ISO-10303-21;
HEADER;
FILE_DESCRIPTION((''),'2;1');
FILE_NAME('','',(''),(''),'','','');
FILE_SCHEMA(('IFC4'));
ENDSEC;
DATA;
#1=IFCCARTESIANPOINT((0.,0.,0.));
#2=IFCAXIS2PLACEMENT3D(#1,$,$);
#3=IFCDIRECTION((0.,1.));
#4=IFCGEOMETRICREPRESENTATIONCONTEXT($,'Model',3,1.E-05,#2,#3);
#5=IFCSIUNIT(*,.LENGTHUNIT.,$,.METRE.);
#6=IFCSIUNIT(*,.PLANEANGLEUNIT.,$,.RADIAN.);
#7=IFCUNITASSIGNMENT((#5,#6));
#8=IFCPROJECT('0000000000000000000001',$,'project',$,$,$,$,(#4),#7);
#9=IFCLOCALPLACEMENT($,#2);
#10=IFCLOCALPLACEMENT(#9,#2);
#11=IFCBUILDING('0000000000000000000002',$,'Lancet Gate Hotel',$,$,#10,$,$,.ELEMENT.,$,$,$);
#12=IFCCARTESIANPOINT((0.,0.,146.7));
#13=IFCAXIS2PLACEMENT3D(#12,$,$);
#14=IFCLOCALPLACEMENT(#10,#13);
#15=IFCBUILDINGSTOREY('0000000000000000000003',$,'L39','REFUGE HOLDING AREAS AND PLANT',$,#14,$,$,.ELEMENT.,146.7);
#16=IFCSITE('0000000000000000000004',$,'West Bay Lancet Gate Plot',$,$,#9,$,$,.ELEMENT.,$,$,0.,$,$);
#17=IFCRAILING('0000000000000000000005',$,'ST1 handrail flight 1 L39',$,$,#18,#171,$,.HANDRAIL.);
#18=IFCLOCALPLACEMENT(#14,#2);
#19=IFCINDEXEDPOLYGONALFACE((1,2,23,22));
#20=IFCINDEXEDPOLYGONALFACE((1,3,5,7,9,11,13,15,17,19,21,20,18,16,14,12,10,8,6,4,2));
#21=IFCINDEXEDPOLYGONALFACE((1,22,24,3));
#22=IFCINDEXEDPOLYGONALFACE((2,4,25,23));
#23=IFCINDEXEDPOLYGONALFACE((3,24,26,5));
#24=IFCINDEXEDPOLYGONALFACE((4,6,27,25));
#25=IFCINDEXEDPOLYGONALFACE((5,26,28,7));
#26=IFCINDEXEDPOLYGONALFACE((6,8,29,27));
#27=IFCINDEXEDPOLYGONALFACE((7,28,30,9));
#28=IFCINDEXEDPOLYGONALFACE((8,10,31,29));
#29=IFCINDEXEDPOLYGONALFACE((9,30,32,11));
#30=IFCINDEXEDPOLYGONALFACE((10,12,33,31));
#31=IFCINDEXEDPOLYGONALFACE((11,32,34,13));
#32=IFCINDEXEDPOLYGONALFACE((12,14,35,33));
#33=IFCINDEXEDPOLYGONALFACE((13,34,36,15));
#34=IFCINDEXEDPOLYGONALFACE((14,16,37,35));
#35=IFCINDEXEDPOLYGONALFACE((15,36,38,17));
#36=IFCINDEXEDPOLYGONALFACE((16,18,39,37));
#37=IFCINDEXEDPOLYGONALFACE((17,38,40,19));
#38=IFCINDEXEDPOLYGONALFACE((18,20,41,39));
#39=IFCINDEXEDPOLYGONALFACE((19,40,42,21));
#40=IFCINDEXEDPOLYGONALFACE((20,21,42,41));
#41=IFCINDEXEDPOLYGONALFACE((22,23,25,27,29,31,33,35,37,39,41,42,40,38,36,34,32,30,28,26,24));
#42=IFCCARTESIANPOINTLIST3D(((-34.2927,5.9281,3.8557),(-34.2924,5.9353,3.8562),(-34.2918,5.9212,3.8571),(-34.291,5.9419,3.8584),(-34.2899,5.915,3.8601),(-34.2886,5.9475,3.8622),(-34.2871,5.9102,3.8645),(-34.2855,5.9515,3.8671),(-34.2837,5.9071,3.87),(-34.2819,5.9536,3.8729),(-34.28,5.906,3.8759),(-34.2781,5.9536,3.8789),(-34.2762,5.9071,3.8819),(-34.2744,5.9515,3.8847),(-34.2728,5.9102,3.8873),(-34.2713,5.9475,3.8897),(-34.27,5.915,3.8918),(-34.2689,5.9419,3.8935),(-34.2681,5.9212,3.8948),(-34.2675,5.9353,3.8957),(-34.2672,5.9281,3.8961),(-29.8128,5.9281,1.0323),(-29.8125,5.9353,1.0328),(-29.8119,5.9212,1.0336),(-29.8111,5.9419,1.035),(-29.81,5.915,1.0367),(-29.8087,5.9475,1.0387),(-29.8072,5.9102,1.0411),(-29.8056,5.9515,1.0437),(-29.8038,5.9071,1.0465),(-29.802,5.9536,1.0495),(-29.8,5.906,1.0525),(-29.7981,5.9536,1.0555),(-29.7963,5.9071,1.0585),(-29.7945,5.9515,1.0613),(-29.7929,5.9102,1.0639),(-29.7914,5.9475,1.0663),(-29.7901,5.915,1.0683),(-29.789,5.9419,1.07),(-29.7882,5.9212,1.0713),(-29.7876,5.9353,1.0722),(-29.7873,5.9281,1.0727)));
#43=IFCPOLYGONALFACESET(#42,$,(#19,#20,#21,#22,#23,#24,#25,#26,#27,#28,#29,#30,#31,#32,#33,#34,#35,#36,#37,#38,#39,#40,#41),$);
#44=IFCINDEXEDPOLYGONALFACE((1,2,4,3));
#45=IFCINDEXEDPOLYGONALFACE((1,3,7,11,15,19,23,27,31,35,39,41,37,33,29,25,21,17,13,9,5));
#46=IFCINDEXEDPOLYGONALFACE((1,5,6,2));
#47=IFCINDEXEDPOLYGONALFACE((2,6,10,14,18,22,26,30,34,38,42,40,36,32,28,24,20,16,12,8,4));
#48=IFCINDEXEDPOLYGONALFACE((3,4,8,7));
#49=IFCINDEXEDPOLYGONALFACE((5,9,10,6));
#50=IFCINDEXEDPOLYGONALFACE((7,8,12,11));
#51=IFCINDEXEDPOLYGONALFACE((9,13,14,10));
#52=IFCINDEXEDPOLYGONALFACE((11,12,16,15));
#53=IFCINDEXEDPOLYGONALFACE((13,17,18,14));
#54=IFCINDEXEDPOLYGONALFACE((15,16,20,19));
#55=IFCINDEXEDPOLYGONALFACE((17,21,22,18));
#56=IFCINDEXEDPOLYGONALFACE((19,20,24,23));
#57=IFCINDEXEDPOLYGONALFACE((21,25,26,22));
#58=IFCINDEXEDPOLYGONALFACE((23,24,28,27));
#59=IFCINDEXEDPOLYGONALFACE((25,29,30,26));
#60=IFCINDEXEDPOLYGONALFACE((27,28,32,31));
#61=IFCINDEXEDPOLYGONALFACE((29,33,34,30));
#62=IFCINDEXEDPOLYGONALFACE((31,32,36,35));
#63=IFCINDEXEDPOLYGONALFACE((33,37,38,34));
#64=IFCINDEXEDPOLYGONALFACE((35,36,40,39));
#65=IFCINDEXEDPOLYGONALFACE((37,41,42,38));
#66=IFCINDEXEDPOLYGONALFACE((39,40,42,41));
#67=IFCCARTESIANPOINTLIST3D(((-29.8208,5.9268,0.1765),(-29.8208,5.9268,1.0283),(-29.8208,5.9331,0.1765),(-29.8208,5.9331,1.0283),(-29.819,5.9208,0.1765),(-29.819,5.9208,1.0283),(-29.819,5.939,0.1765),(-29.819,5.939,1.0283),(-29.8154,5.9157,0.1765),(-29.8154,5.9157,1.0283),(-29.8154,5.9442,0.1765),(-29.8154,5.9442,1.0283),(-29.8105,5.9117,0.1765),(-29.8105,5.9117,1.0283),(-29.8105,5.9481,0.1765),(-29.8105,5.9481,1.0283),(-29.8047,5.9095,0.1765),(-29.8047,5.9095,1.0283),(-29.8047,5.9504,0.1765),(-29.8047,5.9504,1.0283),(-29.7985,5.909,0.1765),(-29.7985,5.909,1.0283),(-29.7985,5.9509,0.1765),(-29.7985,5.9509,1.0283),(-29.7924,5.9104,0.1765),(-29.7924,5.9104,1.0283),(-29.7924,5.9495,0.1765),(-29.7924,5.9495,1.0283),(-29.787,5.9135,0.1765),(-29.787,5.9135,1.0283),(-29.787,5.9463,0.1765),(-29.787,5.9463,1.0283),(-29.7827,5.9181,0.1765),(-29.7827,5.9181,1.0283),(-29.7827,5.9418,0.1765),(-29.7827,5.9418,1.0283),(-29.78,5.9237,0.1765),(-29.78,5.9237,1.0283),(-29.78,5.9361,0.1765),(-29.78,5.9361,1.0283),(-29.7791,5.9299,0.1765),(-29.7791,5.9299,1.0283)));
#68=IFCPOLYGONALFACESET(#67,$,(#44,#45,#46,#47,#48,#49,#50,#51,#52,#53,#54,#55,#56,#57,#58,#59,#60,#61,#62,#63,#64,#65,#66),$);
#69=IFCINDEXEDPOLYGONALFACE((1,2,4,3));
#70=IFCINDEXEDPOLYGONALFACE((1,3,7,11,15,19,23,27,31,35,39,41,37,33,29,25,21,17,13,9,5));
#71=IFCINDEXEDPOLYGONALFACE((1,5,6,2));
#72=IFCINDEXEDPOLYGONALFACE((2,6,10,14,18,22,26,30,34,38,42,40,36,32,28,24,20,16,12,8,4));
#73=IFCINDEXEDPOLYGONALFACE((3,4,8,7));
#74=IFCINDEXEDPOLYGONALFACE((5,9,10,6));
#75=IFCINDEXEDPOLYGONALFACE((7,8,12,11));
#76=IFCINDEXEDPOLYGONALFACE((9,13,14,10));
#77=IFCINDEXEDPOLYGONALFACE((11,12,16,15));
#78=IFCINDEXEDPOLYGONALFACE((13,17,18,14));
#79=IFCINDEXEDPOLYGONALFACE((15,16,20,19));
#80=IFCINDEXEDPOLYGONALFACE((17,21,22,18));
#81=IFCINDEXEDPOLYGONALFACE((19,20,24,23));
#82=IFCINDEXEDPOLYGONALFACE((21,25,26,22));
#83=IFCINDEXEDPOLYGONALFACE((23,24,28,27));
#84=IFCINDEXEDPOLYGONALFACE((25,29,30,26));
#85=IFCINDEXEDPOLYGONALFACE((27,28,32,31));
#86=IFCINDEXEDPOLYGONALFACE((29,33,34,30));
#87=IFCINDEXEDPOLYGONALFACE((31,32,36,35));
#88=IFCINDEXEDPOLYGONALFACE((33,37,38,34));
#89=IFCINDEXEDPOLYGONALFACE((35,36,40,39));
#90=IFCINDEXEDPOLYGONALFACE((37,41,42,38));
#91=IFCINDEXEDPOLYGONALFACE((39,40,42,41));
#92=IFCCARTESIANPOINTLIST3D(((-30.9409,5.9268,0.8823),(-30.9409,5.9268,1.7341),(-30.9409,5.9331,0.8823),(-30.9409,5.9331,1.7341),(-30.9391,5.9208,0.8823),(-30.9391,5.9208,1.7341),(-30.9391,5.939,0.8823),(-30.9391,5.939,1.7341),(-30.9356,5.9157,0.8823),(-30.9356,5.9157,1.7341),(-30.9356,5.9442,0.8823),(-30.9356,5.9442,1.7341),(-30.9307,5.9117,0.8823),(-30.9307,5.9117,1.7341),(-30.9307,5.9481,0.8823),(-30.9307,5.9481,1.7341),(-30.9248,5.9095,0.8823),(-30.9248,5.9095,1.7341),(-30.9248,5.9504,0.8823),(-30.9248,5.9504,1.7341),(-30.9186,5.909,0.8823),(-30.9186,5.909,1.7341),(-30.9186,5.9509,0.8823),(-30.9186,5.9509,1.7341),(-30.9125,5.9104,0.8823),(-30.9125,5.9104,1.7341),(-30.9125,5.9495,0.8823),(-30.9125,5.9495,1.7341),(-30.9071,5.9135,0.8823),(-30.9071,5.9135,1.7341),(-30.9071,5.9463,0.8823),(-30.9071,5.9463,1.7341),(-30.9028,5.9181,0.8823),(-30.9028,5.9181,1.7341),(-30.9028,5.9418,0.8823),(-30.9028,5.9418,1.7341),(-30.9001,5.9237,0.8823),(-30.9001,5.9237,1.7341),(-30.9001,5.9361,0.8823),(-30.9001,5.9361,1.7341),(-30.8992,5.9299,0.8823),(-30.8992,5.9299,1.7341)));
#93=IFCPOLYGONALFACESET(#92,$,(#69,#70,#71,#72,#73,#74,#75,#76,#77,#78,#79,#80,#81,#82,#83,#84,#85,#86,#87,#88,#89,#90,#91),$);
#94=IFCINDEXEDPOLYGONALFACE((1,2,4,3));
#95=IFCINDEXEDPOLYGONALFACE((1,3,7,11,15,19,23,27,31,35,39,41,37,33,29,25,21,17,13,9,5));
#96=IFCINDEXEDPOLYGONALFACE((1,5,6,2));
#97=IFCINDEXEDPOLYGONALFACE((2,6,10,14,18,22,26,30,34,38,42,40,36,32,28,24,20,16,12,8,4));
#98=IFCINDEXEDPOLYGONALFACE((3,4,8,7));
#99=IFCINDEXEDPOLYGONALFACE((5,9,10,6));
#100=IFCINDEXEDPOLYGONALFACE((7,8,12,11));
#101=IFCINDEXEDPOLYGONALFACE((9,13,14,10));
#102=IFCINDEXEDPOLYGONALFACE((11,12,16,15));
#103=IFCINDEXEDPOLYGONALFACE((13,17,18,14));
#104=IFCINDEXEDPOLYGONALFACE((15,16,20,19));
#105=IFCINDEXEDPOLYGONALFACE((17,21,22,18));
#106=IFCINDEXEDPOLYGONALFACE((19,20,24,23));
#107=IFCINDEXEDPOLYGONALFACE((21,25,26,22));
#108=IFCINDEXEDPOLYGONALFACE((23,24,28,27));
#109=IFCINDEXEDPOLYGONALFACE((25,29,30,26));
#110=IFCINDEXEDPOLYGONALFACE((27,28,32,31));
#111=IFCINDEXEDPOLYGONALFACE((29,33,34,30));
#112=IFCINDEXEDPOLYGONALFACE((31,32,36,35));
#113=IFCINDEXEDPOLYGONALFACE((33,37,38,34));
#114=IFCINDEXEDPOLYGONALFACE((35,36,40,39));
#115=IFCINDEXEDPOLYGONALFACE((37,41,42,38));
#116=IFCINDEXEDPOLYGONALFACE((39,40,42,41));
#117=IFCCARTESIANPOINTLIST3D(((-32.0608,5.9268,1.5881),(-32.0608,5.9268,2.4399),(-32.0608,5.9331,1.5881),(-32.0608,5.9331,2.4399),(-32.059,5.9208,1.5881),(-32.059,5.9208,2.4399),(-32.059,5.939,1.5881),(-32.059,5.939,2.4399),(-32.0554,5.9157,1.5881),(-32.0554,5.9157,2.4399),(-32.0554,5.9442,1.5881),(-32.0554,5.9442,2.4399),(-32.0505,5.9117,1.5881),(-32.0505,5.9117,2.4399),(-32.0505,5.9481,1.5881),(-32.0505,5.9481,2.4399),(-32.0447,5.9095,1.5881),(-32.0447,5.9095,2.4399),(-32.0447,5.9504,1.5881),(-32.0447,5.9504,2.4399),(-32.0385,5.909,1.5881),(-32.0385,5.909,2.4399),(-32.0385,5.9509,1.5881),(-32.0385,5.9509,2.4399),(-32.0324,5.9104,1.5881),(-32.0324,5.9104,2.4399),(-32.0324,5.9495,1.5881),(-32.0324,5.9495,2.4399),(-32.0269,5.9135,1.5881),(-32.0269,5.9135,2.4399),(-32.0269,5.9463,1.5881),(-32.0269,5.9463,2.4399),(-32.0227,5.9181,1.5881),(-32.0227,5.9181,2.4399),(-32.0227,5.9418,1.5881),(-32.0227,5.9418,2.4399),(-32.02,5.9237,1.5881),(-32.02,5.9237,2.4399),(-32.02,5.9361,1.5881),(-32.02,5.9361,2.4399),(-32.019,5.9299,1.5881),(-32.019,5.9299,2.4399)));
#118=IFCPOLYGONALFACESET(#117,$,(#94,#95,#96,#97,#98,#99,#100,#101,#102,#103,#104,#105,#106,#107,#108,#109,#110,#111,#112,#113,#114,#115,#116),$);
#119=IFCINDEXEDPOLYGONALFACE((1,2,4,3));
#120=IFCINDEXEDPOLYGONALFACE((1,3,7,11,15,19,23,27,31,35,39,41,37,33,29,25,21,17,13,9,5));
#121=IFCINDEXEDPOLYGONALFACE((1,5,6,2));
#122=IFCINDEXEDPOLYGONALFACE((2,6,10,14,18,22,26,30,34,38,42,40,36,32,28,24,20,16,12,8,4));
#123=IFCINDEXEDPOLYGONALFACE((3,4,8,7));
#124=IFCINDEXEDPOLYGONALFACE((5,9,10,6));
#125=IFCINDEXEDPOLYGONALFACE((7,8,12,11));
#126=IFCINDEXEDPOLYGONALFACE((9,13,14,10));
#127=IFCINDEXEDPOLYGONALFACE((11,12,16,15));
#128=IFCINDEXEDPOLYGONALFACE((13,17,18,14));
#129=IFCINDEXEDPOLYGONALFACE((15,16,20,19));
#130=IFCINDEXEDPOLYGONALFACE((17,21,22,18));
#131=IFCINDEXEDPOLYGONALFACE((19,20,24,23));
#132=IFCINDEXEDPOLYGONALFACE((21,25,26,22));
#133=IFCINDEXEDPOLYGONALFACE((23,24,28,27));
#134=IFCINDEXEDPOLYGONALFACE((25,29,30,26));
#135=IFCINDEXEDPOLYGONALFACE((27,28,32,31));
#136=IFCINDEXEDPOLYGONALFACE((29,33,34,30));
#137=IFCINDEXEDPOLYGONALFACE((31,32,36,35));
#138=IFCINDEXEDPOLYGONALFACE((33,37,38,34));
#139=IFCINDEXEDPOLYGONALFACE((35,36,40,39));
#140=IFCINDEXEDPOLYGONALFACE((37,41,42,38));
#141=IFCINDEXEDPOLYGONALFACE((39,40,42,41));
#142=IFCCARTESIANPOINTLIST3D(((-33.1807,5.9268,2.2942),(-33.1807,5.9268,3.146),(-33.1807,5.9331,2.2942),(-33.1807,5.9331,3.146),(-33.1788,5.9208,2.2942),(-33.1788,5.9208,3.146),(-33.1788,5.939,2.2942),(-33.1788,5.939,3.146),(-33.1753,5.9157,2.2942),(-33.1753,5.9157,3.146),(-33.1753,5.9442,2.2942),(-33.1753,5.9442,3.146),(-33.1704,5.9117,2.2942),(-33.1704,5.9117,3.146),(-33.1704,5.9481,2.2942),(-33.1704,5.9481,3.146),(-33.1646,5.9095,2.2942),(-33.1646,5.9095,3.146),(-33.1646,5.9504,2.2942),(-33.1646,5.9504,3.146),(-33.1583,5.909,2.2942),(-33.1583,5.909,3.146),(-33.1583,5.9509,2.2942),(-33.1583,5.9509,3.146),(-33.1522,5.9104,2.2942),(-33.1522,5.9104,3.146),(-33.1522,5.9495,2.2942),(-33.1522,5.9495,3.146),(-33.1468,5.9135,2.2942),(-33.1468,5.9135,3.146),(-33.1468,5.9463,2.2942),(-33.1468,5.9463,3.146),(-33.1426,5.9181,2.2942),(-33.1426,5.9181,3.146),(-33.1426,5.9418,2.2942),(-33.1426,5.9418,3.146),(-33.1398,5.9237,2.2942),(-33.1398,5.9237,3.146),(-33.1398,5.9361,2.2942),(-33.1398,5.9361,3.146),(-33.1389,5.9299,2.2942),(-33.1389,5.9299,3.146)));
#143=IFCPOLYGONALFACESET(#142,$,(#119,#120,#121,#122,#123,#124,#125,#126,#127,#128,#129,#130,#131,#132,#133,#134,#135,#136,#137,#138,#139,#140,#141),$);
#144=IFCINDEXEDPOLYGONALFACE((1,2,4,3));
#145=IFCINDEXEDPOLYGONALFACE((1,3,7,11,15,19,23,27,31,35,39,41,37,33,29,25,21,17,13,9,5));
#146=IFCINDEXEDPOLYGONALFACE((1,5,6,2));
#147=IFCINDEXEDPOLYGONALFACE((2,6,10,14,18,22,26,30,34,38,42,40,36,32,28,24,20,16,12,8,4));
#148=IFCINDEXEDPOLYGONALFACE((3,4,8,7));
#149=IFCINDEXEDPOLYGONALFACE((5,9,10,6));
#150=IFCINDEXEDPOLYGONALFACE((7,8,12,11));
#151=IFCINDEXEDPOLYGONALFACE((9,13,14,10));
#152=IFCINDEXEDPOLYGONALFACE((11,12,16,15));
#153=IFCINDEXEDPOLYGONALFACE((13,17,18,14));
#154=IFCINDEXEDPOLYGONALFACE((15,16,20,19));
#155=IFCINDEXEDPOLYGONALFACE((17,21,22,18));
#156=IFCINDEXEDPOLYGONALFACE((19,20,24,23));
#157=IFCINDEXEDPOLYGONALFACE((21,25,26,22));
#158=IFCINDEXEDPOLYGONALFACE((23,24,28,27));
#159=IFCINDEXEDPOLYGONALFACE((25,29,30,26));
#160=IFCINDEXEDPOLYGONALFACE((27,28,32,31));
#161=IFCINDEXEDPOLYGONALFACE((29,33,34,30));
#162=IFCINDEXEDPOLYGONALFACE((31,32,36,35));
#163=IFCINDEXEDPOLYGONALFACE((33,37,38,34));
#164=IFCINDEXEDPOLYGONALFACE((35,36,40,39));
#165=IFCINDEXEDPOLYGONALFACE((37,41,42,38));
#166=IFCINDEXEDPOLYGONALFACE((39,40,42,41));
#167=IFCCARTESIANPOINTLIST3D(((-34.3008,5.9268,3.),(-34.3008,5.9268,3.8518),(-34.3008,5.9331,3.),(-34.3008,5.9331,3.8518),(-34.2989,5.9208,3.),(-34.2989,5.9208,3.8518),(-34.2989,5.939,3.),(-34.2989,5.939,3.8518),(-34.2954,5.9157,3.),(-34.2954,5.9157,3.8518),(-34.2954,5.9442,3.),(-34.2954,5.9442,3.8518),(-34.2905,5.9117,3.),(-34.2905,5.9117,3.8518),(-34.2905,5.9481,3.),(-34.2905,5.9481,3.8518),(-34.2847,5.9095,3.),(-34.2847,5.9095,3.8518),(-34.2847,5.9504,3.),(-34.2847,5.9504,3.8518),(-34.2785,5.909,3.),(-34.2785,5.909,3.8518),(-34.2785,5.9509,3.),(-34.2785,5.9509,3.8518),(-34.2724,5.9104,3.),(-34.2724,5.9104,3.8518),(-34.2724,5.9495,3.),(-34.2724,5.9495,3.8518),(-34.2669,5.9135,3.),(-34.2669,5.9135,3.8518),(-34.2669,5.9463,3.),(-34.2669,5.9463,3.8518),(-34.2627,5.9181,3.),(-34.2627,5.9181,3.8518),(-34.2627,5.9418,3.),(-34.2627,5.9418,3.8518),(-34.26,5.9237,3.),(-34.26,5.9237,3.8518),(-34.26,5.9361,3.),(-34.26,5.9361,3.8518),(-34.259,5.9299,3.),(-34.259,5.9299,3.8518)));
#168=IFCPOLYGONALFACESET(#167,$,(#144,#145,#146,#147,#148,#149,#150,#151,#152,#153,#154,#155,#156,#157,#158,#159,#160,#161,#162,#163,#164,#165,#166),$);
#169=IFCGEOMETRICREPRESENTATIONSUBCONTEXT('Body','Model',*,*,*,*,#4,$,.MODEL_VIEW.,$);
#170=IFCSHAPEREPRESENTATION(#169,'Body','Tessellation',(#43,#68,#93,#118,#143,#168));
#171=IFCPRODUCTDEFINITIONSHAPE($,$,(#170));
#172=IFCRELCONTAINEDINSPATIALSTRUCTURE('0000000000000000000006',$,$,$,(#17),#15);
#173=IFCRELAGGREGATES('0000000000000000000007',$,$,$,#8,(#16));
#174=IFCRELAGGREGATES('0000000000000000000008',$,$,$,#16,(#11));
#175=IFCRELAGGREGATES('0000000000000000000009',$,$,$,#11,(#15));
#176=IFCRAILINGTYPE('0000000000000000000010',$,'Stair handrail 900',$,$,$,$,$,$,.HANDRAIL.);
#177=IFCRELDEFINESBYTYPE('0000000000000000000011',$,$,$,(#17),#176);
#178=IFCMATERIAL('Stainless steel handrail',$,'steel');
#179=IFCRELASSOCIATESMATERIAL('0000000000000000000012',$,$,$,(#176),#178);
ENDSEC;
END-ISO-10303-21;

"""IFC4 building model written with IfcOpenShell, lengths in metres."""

from ifc_helpers import new_model, si_unit, direction, frame, origin, origin_2d, place, context, subcontext, project, spatial, circle, extrude, material, type_object, element, save


model = new_model("IFC4")

# Units and contexts
model_context = context("Model", 3, precision=1e-05, world=origin(), true_north=direction((0.0, 1.0)))
body_context = subcontext(model_context, "Body", "Model", "MODEL_VIEW")
ifc_project = project(units=[si_unit("LENGTHUNIT", "METRE"), si_unit("PLANEANGLEUNIT", "RADIAN")], contexts=[model_context])

# Site, building, storey
site_placement = place(None, origin())
site = spatial("IfcSite", under=ifc_project, at=site_placement, Name="West Bay Lancet Gate Plot", CompositionType="ELEMENT", RefElevation=0.0)
building_placement = place(site_placement, origin())
building = spatial("IfcBuilding", under=site, at=building_placement, Name="Lancet Gate Hotel", CompositionType="ELEMENT")
storey_placement = place(building_placement, frame((0.0, 0.0, 146.7)))
storey = spatial("IfcBuildingStorey", under=building, at=storey_placement, Name="L39", Description="REFUGE HOLDING AREAS AND PLANT", CompositionType="ELEMENT", Elevation=146.7)

# Railing
ifc_material_1 = material(Name="Stainless steel handrail", Category="steel")
railing_type = type_object("IfcRailingType", Name="Stair handrail 900", PredefinedType="HANDRAIL", material=ifc_material_1)
railing_1_placement = place(storey_placement, frame((-29.8, 5.9299, 0.1765)))
element("IfcRailing", 1, at=railing_1_placement, inside=storey, type_object=railing_type, Name="ST1 handrail flight 1 L39", PredefinedType="HANDRAIL", context=body_context, shape_type="SweptSolid", body=[
    extrude(circle(Radius=0.0239, at=origin_2d()), frame((0.0, 0.0, 0.876), z_axis=(-0.845998, 0.0, 0.533186), x_axis=(0.0, -1.0, 0.0)), (0.0, 0.0, 1.0), 5.2954),
    extrude(circle(Radius=0.021, at=origin_2d()), origin(), (0.0, 0.0, 1.0), 0.8518),
    extrude(circle(Radius=0.021, at=origin_2d()), frame((-1.1201, 0.0, 0.7058)), (0.0, 0.0, 1.0), 0.8518),
    extrude(circle(Radius=0.021, at=origin_2d()), frame((-2.24, 0.0, 1.4116)), (0.0, 0.0, 1.0), 0.8518),
    extrude(circle(Radius=0.021, at=origin_2d()), frame((-3.3599, 0.0, 2.1177)), (0.0, 0.0, 1.0), 0.8518),
    extrude(circle(Radius=0.021, at=origin_2d()), frame((-4.48, 0.0, 2.8235)), (0.0, 0.0, 1.0), 0.8518),
])

save(model, "model.ifc")
